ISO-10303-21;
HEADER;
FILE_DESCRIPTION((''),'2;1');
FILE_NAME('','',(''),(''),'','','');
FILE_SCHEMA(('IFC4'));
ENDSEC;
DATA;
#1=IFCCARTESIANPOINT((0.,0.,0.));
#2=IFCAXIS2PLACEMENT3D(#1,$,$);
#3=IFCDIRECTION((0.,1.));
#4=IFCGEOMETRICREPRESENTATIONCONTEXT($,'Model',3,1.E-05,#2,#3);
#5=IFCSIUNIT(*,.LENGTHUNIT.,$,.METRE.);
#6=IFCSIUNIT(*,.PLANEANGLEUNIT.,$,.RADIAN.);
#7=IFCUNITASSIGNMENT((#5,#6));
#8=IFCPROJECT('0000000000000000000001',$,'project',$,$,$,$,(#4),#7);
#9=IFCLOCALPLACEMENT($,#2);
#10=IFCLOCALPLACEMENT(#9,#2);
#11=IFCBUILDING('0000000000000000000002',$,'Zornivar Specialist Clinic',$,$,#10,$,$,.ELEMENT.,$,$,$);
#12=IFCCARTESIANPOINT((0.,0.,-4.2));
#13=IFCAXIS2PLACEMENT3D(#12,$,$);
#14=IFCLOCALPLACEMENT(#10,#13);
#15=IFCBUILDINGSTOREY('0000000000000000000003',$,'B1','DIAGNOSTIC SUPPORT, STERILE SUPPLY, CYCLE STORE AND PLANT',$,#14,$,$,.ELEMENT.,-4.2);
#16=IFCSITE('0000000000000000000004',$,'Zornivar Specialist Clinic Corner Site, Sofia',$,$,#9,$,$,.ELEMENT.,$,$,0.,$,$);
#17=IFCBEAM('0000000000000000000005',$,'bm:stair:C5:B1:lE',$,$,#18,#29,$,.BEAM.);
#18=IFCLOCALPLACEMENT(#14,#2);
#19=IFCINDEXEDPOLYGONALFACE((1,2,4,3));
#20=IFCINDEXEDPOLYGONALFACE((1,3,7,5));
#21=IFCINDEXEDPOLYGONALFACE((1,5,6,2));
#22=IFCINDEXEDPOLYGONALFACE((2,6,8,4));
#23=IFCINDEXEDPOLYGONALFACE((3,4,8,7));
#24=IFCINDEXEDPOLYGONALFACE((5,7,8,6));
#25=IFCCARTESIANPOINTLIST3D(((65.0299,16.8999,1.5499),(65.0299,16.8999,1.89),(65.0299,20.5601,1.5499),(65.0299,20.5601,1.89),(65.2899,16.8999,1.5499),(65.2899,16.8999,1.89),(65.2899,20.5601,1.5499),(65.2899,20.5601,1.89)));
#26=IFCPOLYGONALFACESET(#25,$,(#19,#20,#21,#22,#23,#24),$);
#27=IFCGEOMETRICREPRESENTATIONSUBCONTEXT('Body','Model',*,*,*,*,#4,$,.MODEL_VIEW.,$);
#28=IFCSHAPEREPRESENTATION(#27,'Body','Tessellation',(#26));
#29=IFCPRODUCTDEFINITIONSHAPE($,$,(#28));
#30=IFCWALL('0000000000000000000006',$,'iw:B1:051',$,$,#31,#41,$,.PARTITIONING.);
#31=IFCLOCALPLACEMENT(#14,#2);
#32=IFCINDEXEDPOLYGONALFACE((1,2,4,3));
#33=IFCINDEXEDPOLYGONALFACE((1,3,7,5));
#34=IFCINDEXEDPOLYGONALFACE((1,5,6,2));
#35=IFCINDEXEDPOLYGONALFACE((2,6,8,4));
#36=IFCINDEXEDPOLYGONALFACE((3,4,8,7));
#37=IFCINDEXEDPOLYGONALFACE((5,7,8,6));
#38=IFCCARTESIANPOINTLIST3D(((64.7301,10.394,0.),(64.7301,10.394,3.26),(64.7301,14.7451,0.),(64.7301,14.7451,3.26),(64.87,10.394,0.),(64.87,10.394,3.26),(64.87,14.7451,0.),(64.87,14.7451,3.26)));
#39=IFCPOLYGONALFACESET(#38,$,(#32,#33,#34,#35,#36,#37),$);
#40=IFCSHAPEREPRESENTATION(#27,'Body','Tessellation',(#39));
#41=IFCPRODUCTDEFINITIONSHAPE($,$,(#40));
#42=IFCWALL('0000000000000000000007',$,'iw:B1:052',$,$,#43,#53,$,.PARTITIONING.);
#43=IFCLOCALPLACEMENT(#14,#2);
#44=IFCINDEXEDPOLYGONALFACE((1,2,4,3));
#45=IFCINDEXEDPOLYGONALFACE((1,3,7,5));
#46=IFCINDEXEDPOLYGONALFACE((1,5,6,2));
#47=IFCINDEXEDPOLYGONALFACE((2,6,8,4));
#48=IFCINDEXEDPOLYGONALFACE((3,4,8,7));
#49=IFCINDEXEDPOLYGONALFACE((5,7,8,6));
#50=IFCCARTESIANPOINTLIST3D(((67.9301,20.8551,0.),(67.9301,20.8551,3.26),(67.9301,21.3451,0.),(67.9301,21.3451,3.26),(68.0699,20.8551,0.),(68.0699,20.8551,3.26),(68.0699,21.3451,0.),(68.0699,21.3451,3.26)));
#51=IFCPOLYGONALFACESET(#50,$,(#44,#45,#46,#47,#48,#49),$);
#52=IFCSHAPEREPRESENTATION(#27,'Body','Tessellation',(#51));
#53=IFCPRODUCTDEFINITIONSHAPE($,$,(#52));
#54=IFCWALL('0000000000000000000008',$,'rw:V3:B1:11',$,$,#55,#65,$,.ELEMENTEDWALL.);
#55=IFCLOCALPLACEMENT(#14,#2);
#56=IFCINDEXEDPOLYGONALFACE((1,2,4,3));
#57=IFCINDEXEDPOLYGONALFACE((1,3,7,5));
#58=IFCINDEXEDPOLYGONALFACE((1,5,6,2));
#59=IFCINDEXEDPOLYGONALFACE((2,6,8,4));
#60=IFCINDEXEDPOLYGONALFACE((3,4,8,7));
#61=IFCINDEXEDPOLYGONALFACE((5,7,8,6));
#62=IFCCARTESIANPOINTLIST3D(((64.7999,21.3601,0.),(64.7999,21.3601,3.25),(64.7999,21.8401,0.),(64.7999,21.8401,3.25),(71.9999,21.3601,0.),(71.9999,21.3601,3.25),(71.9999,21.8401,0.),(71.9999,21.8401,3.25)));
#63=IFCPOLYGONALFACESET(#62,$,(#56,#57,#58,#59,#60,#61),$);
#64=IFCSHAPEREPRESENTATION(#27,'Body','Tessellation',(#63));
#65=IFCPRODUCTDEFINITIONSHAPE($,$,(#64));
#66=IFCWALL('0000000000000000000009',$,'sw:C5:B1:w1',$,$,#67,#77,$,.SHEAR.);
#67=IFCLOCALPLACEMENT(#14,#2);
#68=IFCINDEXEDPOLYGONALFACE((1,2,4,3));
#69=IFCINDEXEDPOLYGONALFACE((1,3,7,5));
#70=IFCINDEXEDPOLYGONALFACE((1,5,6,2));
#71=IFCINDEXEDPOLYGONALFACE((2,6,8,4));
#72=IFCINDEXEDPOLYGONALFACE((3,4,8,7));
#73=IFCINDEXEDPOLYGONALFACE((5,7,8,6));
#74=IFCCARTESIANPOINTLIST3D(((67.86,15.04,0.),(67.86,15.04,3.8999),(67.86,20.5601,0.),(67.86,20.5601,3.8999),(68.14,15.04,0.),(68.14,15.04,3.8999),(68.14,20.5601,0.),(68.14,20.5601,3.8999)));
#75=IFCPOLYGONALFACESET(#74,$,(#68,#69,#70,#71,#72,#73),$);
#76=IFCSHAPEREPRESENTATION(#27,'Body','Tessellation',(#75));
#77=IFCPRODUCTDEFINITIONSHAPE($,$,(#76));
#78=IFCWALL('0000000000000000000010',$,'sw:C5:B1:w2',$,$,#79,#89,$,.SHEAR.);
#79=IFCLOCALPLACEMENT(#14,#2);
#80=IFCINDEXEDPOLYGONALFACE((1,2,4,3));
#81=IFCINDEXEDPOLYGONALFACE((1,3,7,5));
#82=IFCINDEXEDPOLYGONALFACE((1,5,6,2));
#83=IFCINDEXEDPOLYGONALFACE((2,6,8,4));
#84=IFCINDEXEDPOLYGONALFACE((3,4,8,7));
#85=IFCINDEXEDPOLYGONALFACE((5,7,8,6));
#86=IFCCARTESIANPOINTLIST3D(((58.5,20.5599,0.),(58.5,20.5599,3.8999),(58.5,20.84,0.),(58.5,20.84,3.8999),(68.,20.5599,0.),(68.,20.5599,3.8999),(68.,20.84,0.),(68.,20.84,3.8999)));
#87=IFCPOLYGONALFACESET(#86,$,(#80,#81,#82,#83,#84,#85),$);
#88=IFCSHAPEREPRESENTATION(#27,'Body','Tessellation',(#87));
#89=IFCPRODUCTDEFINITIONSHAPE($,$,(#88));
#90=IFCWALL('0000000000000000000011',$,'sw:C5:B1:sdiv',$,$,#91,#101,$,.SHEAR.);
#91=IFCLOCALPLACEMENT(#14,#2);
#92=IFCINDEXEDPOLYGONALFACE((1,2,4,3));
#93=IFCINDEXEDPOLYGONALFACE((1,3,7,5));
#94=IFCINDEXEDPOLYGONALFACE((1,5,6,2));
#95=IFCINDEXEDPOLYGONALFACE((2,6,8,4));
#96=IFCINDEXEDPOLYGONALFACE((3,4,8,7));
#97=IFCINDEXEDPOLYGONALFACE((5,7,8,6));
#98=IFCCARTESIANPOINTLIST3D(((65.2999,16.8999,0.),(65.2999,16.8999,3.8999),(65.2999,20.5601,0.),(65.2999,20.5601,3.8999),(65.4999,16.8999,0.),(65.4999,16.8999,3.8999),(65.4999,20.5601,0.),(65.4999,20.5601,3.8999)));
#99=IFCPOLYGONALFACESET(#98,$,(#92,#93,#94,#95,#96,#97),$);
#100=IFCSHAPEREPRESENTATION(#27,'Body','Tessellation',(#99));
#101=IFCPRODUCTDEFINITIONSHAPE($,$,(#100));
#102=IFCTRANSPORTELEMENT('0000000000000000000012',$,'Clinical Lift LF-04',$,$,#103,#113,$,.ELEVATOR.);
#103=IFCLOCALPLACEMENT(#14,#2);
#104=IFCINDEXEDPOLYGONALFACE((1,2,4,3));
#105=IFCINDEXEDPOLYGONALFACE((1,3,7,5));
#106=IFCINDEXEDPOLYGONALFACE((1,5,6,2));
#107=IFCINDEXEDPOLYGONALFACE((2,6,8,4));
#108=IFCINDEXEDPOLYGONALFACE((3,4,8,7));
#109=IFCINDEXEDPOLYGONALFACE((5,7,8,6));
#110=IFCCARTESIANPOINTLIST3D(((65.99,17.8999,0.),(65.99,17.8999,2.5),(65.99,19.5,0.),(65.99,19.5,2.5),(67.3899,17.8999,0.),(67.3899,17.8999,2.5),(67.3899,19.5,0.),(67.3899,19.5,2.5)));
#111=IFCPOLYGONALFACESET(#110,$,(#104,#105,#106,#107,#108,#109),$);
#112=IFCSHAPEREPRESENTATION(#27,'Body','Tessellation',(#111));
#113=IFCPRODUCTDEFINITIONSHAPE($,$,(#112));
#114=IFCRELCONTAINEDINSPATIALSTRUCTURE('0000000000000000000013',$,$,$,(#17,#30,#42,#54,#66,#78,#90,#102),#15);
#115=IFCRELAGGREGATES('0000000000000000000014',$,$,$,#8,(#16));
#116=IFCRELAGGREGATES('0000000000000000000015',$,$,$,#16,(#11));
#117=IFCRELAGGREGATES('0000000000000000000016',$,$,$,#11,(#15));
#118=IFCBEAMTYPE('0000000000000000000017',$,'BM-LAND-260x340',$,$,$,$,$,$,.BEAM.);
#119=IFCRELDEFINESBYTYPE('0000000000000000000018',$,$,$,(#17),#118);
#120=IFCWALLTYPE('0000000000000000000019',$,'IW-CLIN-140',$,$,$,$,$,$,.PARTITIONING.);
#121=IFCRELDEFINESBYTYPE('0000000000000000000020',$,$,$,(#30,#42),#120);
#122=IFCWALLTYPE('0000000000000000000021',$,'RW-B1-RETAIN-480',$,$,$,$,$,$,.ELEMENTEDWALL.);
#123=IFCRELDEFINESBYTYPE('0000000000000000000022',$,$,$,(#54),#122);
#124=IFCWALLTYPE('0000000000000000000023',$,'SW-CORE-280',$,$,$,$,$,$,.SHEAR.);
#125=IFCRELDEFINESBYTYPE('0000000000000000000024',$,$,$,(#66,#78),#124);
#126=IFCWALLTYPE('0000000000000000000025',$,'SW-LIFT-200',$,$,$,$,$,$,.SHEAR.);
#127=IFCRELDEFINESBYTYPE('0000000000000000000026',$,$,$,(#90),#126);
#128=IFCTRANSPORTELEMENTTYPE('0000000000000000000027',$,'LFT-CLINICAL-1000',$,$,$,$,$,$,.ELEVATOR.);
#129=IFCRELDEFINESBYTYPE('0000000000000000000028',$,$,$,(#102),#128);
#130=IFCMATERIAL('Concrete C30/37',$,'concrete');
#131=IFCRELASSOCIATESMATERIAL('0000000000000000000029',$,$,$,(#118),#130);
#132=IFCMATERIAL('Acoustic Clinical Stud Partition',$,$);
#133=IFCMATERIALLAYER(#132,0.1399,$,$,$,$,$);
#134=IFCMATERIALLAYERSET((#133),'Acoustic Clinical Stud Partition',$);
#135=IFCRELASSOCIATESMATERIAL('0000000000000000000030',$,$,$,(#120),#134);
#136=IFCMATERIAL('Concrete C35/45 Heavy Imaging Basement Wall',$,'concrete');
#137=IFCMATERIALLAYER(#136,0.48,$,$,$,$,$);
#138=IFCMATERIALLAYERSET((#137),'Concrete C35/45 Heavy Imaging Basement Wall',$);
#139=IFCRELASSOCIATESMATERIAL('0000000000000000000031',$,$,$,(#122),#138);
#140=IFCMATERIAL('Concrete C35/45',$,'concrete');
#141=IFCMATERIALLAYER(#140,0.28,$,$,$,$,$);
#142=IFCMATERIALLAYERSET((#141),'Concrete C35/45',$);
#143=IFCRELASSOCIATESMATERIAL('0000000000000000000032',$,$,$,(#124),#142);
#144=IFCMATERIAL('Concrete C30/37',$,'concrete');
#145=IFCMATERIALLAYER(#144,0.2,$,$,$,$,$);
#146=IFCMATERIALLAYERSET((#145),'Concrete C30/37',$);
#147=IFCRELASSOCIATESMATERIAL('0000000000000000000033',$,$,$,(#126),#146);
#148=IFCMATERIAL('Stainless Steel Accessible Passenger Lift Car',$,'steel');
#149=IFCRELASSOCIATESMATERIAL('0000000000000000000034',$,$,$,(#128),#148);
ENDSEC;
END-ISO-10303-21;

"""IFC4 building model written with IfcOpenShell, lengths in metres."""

from ifc_helpers import new_model, si_unit, direction, frame, frame_2d, origin, origin_2d, place, context, subcontext, project, spatial, rectangle, extrude, material, layer, layer_set, material_profile, profile_set, type_object, element, save


model = new_model("IFC4")

# Units and contexts
model_context = context("Model", 3, precision=1e-05, world=origin(), true_north=direction((0.0, 1.0)))
body_context = subcontext(model_context, "Body", "Model", "MODEL_VIEW")
ifc_project = project(units=[si_unit("LENGTHUNIT", "METRE"), si_unit("PLANEANGLEUNIT", "RADIAN")], contexts=[model_context])

# Site, building, storey
site_placement = place(None, origin())
site = spatial("IfcSite", under=ifc_project, at=site_placement, Name="Zornivar Specialist Clinic Corner Site, Sofia", CompositionType="ELEMENT", RefElevation=0.0)
building_placement = place(site_placement, origin())
building = spatial("IfcBuilding", under=site, at=building_placement, Name="Zornivar Specialist Clinic", CompositionType="ELEMENT")
storey_placement = place(building_placement, frame((0.0, 0.0, -4.2)))
storey = spatial("IfcBuildingStorey", under=building, at=storey_placement, Name="B1", Description="DIAGNOSTIC SUPPORT, STERILE SUPPLY, CYCLE STORE AND PLANT", CompositionType="ELEMENT", Elevation=-4.2)

# Beam
ifc_material_1 = material(Name="Concrete C30/37", Category="concrete")
ifc_material_profile_1 = material_profile(ifc_material_1, rectangle(XDim=0.26, YDim=0.3401, at=origin_2d()), Name="RC 260x340")
ifc_profile_set_1 = profile_set([ifc_material_profile_1], Name="Concrete C30/37")
beam_type = type_object("IfcBeamType", Name="BM-LAND-260x340", PredefinedType="BEAM", material=ifc_profile_set_1)
beam_placement = place(storey_placement, frame((65.1599, 16.8999, 1.72), z_axis=(0.0, 1.0, 0.0), x_axis=(-1.0, 0.0, 0.0)))
element("IfcBeam", 1, at=beam_placement, inside=storey, type_object=beam_type, Name="bm:stair:C5:B1:lE", PredefinedType="BEAM", context=body_context, shape_type="SweptSolid", body=[
    extrude(rectangle(XDim=0.26, YDim=0.3401, at=origin_2d()), origin(), (0.0, 0.0, 1.0), 3.6602),
])

# Walls
ifc_material_2 = material(Name="Acoustic Clinical Stud Partition")
ifc_layer_1 = layer(ifc_material_2, 0.1399)
ifc_layer_set_1 = layer_set([ifc_layer_1], Name="Acoustic Clinical Stud Partition")
wall_type_1 = type_object("IfcWallType", Name="IW-CLIN-140", PredefinedType="PARTITIONING", material=ifc_layer_set_1)
wall_1_placement = place(storey_placement, frame((64.8, 10.394, 0.0), z_axis=(0.0, 0.0, 1.0), x_axis=(0.0, 1.0, 0.0)))
element("IfcWall", 2, at=wall_1_placement, inside=storey, type_object=wall_type_1, Name="iw:B1:051", PredefinedType="PARTITIONING", context=body_context, shape_type="SweptSolid", body=[
    extrude(rectangle(XDim=4.3511, YDim=0.1399, at=frame_2d((2.1755, 0.0))), origin(), (0.0, 0.0, 1.0), 3.26),
])
wall_2_placement = place(storey_placement, frame((68.0, 20.855, 0.0), z_axis=(0.0, 0.0, 1.0), x_axis=(0.0, 1.0, 0.0)))
element("IfcWall", 3, at=wall_2_placement, inside=storey, type_object=wall_type_1, Name="iw:B1:052", PredefinedType="PARTITIONING", context=body_context, shape_type="SweptSolid", body=[
    extrude(rectangle(XDim=0.49, YDim=0.1399, at=frame_2d((0.2451, 0.0))), origin(), (0.0, 0.0, 1.0), 3.26),
])
ifc_material_3 = material(Name="Concrete C35/45 Heavy Imaging Basement Wall", Category="concrete")
ifc_layer_2 = layer(ifc_material_3, 0.48)
ifc_layer_set_2 = layer_set([ifc_layer_2], Name="Concrete C35/45 Heavy Imaging Basement Wall")
wall_type_2 = type_object("IfcWallType", Name="RW-B1-RETAIN-480", PredefinedType="ELEMENTEDWALL", material=ifc_layer_set_2)
wall_3_placement = place(storey_placement, frame((72.0, 21.6001, 0.0), z_axis=(0.0, 0.0, 1.0), x_axis=(-1.0, 0.0, 0.0)))
element("IfcWall", 4, at=wall_3_placement, inside=storey, type_object=wall_type_2, Name="rw:V3:B1:11", PredefinedType="ELEMENTEDWALL", context=body_context, shape_type="SweptSolid", body=[
    extrude(rectangle(XDim=7.2, YDim=0.48, at=frame_2d((3.6001, 0.0))), origin(), (0.0, 0.0, 1.0), 3.25),
])
ifc_material_4 = material(Name="Concrete C35/45", Category="concrete")
ifc_layer_3 = layer(ifc_material_4, 0.28)
ifc_layer_set_3 = layer_set([ifc_layer_3], Name="Concrete C35/45")
wall_type_3 = type_object("IfcWallType", Name="SW-CORE-280", PredefinedType="SHEAR", material=ifc_layer_set_3)
wall_4_placement = place(storey_placement, frame((68.0, 15.04, 0.0), z_axis=(0.0, 0.0, 1.0), x_axis=(0.0, 1.0, 0.0)))
element("IfcWall", 5, at=wall_4_placement, inside=storey, type_object=wall_type_3, Name="sw:C5:B1:w1", PredefinedType="SHEAR", context=body_context, shape_type="SweptSolid", body=[
    extrude(rectangle(XDim=5.52, YDim=0.28, at=frame_2d((2.76, 0.0))), origin(), (0.0, 0.0, 1.0), 3.8999),
])
wall_5_placement = place(storey_placement, frame((68.0, 20.7, 0.0), z_axis=(0.0, 0.0, 1.0), x_axis=(-1.0, 0.0, 0.0)))
element("IfcWall", 6, at=wall_5_placement, inside=storey, type_object=wall_type_3, Name="sw:C5:B1:w2", PredefinedType="SHEAR", context=body_context, shape_type="SweptSolid", body=[
    extrude(rectangle(XDim=9.5, YDim=0.28, at=frame_2d((4.75, 0.0))), origin(), (0.0, 0.0, 1.0), 3.8999),
])
ifc_material_5 = material(Name="Concrete C30/37", Category="concrete")
ifc_layer_4 = layer(ifc_material_5, 0.2)
ifc_layer_set_4 = layer_set([ifc_layer_4], Name="Concrete C30/37")
wall_type_4 = type_object("IfcWallType", Name="SW-LIFT-200", PredefinedType="SHEAR", material=ifc_layer_set_4)
wall_6_placement = place(storey_placement, frame((65.3999, 16.8999, 0.0), z_axis=(0.0, 0.0, 1.0), x_axis=(0.0, 1.0, 0.0)))
element("IfcWall", 7, at=wall_6_placement, inside=storey, type_object=wall_type_4, Name="sw:C5:B1:sdiv", PredefinedType="SHEAR", context=body_context, shape_type="SweptSolid", body=[
    extrude(rectangle(XDim=3.6602, YDim=0.2, at=frame_2d((1.8301, 0.0))), origin(), (0.0, 0.0, 1.0), 3.8999),
])

# Transport element
ifc_material_6 = material(Name="Stainless Steel Accessible Passenger Lift Car", Category="steel")
transport_element_type = type_object("IfcTransportElementType", Name="LFT-CLINICAL-1000", PredefinedType="ELEVATOR", material=ifc_material_6)
transport_element_placement = place(storey_placement, frame((66.6899, 18.7, 0.0), z_axis=(0.0, 0.0, 1.0), x_axis=(1.0, 0.0, 0.0)))
element("IfcTransportElement", 8, at=transport_element_placement, inside=storey, type_object=transport_element_type, Name="Clinical Lift LF-04", PredefinedType="ELEVATOR", context=body_context, shape_type="SweptSolid", body=[
    extrude(rectangle(XDim=1.3999, YDim=1.6001, at=origin_2d()), origin(), (0.0, 0.0, 1.0), 2.5),
])

save(model, "model.ifc")
